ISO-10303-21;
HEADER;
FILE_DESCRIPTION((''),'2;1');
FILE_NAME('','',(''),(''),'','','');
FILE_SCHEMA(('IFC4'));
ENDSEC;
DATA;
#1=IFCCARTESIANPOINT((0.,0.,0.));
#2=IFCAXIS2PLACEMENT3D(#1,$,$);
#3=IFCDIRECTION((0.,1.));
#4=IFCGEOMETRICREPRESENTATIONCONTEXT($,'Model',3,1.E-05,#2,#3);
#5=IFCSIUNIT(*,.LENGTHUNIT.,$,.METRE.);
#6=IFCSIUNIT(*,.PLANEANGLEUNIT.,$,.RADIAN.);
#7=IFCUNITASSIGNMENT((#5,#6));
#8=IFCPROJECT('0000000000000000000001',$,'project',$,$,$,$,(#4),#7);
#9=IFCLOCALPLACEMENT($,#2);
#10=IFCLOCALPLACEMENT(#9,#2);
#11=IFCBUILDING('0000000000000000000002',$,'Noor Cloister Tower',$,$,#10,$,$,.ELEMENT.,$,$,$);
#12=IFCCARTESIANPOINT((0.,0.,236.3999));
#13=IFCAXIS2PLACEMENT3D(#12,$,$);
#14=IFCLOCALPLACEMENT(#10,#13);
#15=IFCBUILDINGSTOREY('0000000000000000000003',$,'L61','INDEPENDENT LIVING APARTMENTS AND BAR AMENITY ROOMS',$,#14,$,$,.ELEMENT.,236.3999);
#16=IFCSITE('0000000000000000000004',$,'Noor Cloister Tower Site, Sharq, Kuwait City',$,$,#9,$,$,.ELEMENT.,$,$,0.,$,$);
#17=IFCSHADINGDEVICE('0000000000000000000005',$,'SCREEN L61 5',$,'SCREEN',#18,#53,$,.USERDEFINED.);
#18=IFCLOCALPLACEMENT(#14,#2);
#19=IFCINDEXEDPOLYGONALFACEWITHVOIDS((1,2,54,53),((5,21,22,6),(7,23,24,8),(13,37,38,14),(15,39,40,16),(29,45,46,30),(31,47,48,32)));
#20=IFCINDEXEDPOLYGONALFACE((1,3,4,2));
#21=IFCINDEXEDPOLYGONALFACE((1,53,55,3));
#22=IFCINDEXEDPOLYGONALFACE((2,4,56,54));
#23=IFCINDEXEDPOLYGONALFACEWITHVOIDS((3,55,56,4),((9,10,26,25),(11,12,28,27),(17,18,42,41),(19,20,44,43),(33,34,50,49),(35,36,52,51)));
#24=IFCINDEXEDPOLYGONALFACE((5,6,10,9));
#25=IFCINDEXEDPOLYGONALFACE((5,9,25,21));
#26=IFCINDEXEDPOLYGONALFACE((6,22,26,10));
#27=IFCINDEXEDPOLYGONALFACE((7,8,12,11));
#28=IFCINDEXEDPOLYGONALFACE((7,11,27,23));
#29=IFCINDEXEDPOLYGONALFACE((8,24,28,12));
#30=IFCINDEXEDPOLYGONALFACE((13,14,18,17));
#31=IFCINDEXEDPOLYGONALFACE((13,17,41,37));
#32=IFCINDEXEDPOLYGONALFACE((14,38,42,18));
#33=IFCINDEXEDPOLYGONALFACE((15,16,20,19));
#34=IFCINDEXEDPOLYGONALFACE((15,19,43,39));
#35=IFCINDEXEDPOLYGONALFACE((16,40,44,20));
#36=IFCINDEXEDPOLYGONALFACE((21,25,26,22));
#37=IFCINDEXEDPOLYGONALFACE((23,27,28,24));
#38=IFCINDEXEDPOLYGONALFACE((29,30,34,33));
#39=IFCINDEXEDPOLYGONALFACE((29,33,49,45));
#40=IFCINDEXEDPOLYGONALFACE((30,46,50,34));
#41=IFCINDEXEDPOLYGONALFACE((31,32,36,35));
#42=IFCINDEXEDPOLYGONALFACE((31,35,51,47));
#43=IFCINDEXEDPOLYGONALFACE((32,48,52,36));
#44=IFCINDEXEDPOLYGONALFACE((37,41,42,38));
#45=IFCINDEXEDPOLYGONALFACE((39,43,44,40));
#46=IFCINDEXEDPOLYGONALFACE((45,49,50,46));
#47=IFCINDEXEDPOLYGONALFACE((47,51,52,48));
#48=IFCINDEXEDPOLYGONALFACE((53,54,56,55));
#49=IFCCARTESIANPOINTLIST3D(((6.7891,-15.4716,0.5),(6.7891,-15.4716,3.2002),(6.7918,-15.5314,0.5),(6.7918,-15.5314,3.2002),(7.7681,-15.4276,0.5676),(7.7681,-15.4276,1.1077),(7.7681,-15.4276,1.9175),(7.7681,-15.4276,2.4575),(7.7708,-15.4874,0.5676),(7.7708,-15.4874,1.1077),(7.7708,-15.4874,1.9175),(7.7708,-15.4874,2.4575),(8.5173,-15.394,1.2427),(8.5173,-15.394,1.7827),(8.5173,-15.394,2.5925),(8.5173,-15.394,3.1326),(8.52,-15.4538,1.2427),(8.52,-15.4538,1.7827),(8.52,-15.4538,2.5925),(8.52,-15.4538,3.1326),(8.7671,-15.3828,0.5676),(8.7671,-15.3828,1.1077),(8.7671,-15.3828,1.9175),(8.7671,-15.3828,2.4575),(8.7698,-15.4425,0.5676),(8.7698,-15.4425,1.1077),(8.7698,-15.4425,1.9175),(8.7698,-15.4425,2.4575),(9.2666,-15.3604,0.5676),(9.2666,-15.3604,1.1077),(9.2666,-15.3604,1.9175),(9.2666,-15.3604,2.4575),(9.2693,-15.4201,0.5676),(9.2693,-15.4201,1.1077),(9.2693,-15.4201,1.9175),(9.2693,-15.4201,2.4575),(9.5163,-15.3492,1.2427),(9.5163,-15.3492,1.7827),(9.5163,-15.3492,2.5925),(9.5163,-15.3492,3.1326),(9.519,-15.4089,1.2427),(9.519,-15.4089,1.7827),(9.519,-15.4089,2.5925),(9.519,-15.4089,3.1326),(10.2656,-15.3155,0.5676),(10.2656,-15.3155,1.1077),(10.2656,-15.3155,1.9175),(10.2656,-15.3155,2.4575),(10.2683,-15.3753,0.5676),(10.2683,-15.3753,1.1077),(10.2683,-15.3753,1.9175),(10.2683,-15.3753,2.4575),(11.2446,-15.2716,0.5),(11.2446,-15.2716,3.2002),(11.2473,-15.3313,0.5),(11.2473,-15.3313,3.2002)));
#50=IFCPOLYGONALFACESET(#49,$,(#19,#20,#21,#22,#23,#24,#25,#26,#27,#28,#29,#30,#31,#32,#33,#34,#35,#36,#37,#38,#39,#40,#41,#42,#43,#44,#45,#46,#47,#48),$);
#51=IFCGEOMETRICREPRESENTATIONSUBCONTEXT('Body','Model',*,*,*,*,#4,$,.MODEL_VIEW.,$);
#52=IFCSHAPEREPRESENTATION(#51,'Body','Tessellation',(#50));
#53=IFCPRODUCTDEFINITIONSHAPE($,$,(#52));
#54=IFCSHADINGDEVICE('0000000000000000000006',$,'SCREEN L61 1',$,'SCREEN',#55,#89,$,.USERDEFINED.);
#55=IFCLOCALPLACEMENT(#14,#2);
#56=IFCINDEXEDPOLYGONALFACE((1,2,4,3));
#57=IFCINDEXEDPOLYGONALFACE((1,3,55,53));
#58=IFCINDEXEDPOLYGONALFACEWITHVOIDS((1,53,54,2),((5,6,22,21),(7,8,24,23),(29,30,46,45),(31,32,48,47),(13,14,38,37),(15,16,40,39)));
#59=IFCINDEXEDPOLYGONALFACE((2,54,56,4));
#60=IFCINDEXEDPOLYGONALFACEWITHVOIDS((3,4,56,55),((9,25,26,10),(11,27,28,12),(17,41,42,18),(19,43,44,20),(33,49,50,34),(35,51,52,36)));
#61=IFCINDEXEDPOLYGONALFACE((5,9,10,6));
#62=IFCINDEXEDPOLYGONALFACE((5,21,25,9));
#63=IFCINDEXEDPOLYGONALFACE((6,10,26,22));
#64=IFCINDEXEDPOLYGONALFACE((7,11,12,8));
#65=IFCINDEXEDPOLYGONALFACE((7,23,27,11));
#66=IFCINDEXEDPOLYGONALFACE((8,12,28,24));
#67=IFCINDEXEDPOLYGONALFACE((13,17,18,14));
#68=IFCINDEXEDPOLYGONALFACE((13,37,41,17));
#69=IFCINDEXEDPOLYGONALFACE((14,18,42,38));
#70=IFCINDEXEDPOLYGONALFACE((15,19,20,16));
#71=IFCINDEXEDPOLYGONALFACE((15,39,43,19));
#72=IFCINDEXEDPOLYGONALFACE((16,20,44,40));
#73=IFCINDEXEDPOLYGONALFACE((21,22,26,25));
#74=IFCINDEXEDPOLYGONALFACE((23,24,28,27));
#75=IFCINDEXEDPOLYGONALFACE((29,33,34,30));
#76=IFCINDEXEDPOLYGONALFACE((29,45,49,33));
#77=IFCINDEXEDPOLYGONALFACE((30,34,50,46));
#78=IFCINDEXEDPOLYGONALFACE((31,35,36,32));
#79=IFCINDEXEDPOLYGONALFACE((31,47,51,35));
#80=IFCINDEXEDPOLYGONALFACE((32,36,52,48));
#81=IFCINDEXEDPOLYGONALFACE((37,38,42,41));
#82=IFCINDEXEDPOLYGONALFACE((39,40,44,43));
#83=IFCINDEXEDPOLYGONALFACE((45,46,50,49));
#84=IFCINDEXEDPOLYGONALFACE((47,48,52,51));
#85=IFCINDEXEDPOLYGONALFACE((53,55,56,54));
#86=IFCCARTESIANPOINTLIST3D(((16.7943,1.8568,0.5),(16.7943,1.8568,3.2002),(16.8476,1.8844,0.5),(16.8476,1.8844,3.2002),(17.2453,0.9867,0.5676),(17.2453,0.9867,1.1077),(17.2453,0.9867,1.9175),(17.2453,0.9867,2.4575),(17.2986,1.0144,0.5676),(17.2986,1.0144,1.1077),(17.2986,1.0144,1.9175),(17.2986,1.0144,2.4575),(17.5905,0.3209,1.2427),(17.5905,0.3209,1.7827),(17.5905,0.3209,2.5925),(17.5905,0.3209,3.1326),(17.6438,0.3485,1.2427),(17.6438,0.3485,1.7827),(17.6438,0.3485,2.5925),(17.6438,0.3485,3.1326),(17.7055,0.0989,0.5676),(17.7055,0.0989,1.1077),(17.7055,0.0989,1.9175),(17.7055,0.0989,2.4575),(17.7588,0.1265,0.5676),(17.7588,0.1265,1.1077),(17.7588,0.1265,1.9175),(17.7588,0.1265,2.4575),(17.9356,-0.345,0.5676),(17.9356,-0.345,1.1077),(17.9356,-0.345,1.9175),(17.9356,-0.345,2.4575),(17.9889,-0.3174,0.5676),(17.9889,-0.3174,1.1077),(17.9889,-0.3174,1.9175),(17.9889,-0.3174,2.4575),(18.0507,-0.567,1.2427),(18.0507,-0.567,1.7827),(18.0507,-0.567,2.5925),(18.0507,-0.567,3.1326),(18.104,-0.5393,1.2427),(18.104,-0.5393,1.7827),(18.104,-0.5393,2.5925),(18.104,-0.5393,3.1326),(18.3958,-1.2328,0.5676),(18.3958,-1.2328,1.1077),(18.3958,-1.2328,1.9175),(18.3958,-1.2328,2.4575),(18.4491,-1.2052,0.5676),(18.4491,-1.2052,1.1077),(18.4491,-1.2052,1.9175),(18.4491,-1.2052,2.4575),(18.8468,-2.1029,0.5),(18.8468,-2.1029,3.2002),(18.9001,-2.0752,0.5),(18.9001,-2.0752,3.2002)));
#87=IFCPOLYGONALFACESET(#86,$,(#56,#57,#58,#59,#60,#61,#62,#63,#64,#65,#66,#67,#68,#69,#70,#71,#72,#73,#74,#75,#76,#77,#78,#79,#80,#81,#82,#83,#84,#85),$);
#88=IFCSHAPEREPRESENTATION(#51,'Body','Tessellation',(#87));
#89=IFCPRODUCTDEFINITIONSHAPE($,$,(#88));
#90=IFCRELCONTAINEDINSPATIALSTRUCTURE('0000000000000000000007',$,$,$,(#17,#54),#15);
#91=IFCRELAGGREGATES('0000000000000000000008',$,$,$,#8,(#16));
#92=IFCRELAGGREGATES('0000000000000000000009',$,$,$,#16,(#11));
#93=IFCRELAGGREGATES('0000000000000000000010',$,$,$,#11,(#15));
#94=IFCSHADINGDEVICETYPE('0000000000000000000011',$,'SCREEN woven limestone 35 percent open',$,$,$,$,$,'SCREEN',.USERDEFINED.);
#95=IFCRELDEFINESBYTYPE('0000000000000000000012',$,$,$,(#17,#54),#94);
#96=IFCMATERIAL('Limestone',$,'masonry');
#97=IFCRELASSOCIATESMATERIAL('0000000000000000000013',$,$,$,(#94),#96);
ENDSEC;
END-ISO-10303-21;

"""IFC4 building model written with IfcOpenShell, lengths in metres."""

from ifc_helpers import new_model, si_unit, direction, frame, origin, place, context, subcontext, project, spatial, polyline, outline, extrude, material, material_profile, profile_set, type_object, element, save


model = new_model("IFC4")

# Units and contexts
model_context = context("Model", 3, precision=1e-05, world=origin(), true_north=direction((0.0, 1.0)))
body_context = subcontext(model_context, "Body", "Model", "MODEL_VIEW")
ifc_project = project(units=[si_unit("LENGTHUNIT", "METRE"), si_unit("PLANEANGLEUNIT", "RADIAN")], contexts=[model_context])

# Site, building, storey
site_placement = place(None, origin())
site = spatial("IfcSite", under=ifc_project, at=site_placement, Name="Noor Cloister Tower Site, Sharq, Kuwait City", CompositionType="ELEMENT", RefElevation=0.0)
building_placement = place(site_placement, origin())
building = spatial("IfcBuilding", under=site, at=building_placement, Name="Noor Cloister Tower", CompositionType="ELEMENT")
storey_placement = place(building_placement, frame((0.0, 0.0, 236.3999)))
storey = spatial("IfcBuildingStorey", under=building, at=storey_placement, Name="L61", Description="INDEPENDENT LIVING APARTMENTS AND BAR AMENITY ROOMS", CompositionType="ELEMENT", Elevation=236.3999)

# Shading devices
ifc_material_1 = material(Name="Limestone", Category="masonry")
ifc_material_profile_1 = material_profile(ifc_material_1, outline(polyline([(-2.23, -1.3501), (2.23, -1.3501), (2.23, 1.3501), (-2.23, 1.3501), (-2.23, -1.3501)]), holes=[polyline([(-1.25, -1.2825), (-0.25, -1.2825), (-0.25, -0.7424), (-1.25, -0.7424), (-1.25, -1.2825)]), polyline([(0.25, -1.2825), (1.25, -1.2825), (1.25, -0.7424), (0.25, -0.7424), (0.25, -1.2825)]), polyline([(-0.5, -0.6074), (0.5, -0.6074), (0.5, -0.0674), (-0.5, -0.0674), (-0.5, -0.6074)]), polyline([(-1.25, 0.0674), (-0.25, 0.0674), (-0.25, 0.6074), (-1.25, 0.6074), (-1.25, 0.0674)]), polyline([(0.25, 0.0674), (1.25, 0.0674), (1.25, 0.6074), (0.25, 0.6074), (0.25, 0.0674)]), polyline([(-0.5, 0.7424), (0.5, 0.7424), (0.5, 1.2825), (-0.5, 1.2825), (-0.5, 0.7424)])]), Name="Woven screen 35 percent open")
ifc_profile_set_1 = profile_set([ifc_material_profile_1], Name="Limestone")
shading_device_type = type_object("IfcShadingDeviceType", Name="SCREEN woven limestone 35 percent open", ElementType="SCREEN", PredefinedType="USERDEFINED", material=ifc_profile_set_1)
shading_device_1_placement = place(storey_placement, frame((9.0168, -15.3716, 1.8501), z_axis=(0.044853, -0.998994, 0.0), x_axis=(0.998994, 0.044853, 0.0)))
element("IfcShadingDevice", 1, at=shading_device_1_placement, inside=storey, type_object=shading_device_type, Name="SCREEN L61 5", ObjectType="SCREEN", PredefinedType="USERDEFINED", context=body_context, shape_type="SweptSolid", body=[
    extrude(outline(polyline([(-2.23, -1.3501), (2.23, -1.3501), (2.23, 1.3501), (-2.23, 1.3501), (-2.23, -1.3501)]), holes=[polyline([(-1.25, -1.2825), (-0.25, -1.2825), (-0.25, -0.7424), (-1.25, -0.7424), (-1.25, -1.2825)]), polyline([(0.25, -1.2825), (1.25, -1.2825), (1.25, -0.7424), (0.25, -0.7424), (0.25, -1.2825)]), polyline([(-0.5, -0.6074), (0.5, -0.6074), (0.5, -0.0674), (-0.5, -0.0674), (-0.5, -0.6074)]), polyline([(-1.25, 0.0674), (-0.25, 0.0674), (-0.25, 0.6074), (-1.25, 0.6074), (-1.25, 0.0674)]), polyline([(0.25, 0.0674), (1.25, 0.0674), (1.25, 0.6074), (0.25, 0.6074), (0.25, 0.0674)]), polyline([(-0.5, 0.7424), (0.5, 0.7424), (0.5, 1.2825), (-0.5, 1.2825), (-0.5, 0.7424)])]), origin(), (0.0, 0.0, 1.0), 0.0598),
])
shading_device_2_placement = place(storey_placement, frame((17.8206, -0.123, 1.8501), z_axis=(0.887816, 0.460198, 0.0), x_axis=(-0.460198, 0.887816, 0.0)))
element("IfcShadingDevice", 2, at=shading_device_2_placement, inside=storey, type_object=shading_device_type, Name="SCREEN L61 1", ObjectType="SCREEN", PredefinedType="USERDEFINED", context=body_context, shape_type="SweptSolid", body=[
    extrude(outline(polyline([(-2.23, -1.3501), (2.23, -1.3501), (2.23, 1.3501), (-2.23, 1.3501), (-2.23, -1.3501)]), holes=[polyline([(-1.25, -1.2825), (-0.25, -1.2825), (-0.25, -0.7424), (-1.25, -0.7424), (-1.25, -1.2825)]), polyline([(0.25, -1.2825), (1.25, -1.2825), (1.25, -0.7424), (0.25, -0.7424), (0.25, -1.2825)]), polyline([(-0.5, -0.6074), (0.5, -0.6074), (0.5, -0.0674), (-0.5, -0.0674), (-0.5, -0.6074)]), polyline([(-1.25, 0.0674), (-0.25, 0.0674), (-0.25, 0.6074), (-1.25, 0.6074), (-1.25, 0.0674)]), polyline([(0.25, 0.0674), (1.25, 0.0674), (1.25, 0.6074), (0.25, 0.6074), (0.25, 0.0674)]), polyline([(-0.5, 0.7424), (0.5, 0.7424), (0.5, 1.2825), (-0.5, 1.2825), (-0.5, 0.7424)])]), origin(), (0.0, 0.0, 1.0), 0.0601),
])

save(model, "model.ifc")
